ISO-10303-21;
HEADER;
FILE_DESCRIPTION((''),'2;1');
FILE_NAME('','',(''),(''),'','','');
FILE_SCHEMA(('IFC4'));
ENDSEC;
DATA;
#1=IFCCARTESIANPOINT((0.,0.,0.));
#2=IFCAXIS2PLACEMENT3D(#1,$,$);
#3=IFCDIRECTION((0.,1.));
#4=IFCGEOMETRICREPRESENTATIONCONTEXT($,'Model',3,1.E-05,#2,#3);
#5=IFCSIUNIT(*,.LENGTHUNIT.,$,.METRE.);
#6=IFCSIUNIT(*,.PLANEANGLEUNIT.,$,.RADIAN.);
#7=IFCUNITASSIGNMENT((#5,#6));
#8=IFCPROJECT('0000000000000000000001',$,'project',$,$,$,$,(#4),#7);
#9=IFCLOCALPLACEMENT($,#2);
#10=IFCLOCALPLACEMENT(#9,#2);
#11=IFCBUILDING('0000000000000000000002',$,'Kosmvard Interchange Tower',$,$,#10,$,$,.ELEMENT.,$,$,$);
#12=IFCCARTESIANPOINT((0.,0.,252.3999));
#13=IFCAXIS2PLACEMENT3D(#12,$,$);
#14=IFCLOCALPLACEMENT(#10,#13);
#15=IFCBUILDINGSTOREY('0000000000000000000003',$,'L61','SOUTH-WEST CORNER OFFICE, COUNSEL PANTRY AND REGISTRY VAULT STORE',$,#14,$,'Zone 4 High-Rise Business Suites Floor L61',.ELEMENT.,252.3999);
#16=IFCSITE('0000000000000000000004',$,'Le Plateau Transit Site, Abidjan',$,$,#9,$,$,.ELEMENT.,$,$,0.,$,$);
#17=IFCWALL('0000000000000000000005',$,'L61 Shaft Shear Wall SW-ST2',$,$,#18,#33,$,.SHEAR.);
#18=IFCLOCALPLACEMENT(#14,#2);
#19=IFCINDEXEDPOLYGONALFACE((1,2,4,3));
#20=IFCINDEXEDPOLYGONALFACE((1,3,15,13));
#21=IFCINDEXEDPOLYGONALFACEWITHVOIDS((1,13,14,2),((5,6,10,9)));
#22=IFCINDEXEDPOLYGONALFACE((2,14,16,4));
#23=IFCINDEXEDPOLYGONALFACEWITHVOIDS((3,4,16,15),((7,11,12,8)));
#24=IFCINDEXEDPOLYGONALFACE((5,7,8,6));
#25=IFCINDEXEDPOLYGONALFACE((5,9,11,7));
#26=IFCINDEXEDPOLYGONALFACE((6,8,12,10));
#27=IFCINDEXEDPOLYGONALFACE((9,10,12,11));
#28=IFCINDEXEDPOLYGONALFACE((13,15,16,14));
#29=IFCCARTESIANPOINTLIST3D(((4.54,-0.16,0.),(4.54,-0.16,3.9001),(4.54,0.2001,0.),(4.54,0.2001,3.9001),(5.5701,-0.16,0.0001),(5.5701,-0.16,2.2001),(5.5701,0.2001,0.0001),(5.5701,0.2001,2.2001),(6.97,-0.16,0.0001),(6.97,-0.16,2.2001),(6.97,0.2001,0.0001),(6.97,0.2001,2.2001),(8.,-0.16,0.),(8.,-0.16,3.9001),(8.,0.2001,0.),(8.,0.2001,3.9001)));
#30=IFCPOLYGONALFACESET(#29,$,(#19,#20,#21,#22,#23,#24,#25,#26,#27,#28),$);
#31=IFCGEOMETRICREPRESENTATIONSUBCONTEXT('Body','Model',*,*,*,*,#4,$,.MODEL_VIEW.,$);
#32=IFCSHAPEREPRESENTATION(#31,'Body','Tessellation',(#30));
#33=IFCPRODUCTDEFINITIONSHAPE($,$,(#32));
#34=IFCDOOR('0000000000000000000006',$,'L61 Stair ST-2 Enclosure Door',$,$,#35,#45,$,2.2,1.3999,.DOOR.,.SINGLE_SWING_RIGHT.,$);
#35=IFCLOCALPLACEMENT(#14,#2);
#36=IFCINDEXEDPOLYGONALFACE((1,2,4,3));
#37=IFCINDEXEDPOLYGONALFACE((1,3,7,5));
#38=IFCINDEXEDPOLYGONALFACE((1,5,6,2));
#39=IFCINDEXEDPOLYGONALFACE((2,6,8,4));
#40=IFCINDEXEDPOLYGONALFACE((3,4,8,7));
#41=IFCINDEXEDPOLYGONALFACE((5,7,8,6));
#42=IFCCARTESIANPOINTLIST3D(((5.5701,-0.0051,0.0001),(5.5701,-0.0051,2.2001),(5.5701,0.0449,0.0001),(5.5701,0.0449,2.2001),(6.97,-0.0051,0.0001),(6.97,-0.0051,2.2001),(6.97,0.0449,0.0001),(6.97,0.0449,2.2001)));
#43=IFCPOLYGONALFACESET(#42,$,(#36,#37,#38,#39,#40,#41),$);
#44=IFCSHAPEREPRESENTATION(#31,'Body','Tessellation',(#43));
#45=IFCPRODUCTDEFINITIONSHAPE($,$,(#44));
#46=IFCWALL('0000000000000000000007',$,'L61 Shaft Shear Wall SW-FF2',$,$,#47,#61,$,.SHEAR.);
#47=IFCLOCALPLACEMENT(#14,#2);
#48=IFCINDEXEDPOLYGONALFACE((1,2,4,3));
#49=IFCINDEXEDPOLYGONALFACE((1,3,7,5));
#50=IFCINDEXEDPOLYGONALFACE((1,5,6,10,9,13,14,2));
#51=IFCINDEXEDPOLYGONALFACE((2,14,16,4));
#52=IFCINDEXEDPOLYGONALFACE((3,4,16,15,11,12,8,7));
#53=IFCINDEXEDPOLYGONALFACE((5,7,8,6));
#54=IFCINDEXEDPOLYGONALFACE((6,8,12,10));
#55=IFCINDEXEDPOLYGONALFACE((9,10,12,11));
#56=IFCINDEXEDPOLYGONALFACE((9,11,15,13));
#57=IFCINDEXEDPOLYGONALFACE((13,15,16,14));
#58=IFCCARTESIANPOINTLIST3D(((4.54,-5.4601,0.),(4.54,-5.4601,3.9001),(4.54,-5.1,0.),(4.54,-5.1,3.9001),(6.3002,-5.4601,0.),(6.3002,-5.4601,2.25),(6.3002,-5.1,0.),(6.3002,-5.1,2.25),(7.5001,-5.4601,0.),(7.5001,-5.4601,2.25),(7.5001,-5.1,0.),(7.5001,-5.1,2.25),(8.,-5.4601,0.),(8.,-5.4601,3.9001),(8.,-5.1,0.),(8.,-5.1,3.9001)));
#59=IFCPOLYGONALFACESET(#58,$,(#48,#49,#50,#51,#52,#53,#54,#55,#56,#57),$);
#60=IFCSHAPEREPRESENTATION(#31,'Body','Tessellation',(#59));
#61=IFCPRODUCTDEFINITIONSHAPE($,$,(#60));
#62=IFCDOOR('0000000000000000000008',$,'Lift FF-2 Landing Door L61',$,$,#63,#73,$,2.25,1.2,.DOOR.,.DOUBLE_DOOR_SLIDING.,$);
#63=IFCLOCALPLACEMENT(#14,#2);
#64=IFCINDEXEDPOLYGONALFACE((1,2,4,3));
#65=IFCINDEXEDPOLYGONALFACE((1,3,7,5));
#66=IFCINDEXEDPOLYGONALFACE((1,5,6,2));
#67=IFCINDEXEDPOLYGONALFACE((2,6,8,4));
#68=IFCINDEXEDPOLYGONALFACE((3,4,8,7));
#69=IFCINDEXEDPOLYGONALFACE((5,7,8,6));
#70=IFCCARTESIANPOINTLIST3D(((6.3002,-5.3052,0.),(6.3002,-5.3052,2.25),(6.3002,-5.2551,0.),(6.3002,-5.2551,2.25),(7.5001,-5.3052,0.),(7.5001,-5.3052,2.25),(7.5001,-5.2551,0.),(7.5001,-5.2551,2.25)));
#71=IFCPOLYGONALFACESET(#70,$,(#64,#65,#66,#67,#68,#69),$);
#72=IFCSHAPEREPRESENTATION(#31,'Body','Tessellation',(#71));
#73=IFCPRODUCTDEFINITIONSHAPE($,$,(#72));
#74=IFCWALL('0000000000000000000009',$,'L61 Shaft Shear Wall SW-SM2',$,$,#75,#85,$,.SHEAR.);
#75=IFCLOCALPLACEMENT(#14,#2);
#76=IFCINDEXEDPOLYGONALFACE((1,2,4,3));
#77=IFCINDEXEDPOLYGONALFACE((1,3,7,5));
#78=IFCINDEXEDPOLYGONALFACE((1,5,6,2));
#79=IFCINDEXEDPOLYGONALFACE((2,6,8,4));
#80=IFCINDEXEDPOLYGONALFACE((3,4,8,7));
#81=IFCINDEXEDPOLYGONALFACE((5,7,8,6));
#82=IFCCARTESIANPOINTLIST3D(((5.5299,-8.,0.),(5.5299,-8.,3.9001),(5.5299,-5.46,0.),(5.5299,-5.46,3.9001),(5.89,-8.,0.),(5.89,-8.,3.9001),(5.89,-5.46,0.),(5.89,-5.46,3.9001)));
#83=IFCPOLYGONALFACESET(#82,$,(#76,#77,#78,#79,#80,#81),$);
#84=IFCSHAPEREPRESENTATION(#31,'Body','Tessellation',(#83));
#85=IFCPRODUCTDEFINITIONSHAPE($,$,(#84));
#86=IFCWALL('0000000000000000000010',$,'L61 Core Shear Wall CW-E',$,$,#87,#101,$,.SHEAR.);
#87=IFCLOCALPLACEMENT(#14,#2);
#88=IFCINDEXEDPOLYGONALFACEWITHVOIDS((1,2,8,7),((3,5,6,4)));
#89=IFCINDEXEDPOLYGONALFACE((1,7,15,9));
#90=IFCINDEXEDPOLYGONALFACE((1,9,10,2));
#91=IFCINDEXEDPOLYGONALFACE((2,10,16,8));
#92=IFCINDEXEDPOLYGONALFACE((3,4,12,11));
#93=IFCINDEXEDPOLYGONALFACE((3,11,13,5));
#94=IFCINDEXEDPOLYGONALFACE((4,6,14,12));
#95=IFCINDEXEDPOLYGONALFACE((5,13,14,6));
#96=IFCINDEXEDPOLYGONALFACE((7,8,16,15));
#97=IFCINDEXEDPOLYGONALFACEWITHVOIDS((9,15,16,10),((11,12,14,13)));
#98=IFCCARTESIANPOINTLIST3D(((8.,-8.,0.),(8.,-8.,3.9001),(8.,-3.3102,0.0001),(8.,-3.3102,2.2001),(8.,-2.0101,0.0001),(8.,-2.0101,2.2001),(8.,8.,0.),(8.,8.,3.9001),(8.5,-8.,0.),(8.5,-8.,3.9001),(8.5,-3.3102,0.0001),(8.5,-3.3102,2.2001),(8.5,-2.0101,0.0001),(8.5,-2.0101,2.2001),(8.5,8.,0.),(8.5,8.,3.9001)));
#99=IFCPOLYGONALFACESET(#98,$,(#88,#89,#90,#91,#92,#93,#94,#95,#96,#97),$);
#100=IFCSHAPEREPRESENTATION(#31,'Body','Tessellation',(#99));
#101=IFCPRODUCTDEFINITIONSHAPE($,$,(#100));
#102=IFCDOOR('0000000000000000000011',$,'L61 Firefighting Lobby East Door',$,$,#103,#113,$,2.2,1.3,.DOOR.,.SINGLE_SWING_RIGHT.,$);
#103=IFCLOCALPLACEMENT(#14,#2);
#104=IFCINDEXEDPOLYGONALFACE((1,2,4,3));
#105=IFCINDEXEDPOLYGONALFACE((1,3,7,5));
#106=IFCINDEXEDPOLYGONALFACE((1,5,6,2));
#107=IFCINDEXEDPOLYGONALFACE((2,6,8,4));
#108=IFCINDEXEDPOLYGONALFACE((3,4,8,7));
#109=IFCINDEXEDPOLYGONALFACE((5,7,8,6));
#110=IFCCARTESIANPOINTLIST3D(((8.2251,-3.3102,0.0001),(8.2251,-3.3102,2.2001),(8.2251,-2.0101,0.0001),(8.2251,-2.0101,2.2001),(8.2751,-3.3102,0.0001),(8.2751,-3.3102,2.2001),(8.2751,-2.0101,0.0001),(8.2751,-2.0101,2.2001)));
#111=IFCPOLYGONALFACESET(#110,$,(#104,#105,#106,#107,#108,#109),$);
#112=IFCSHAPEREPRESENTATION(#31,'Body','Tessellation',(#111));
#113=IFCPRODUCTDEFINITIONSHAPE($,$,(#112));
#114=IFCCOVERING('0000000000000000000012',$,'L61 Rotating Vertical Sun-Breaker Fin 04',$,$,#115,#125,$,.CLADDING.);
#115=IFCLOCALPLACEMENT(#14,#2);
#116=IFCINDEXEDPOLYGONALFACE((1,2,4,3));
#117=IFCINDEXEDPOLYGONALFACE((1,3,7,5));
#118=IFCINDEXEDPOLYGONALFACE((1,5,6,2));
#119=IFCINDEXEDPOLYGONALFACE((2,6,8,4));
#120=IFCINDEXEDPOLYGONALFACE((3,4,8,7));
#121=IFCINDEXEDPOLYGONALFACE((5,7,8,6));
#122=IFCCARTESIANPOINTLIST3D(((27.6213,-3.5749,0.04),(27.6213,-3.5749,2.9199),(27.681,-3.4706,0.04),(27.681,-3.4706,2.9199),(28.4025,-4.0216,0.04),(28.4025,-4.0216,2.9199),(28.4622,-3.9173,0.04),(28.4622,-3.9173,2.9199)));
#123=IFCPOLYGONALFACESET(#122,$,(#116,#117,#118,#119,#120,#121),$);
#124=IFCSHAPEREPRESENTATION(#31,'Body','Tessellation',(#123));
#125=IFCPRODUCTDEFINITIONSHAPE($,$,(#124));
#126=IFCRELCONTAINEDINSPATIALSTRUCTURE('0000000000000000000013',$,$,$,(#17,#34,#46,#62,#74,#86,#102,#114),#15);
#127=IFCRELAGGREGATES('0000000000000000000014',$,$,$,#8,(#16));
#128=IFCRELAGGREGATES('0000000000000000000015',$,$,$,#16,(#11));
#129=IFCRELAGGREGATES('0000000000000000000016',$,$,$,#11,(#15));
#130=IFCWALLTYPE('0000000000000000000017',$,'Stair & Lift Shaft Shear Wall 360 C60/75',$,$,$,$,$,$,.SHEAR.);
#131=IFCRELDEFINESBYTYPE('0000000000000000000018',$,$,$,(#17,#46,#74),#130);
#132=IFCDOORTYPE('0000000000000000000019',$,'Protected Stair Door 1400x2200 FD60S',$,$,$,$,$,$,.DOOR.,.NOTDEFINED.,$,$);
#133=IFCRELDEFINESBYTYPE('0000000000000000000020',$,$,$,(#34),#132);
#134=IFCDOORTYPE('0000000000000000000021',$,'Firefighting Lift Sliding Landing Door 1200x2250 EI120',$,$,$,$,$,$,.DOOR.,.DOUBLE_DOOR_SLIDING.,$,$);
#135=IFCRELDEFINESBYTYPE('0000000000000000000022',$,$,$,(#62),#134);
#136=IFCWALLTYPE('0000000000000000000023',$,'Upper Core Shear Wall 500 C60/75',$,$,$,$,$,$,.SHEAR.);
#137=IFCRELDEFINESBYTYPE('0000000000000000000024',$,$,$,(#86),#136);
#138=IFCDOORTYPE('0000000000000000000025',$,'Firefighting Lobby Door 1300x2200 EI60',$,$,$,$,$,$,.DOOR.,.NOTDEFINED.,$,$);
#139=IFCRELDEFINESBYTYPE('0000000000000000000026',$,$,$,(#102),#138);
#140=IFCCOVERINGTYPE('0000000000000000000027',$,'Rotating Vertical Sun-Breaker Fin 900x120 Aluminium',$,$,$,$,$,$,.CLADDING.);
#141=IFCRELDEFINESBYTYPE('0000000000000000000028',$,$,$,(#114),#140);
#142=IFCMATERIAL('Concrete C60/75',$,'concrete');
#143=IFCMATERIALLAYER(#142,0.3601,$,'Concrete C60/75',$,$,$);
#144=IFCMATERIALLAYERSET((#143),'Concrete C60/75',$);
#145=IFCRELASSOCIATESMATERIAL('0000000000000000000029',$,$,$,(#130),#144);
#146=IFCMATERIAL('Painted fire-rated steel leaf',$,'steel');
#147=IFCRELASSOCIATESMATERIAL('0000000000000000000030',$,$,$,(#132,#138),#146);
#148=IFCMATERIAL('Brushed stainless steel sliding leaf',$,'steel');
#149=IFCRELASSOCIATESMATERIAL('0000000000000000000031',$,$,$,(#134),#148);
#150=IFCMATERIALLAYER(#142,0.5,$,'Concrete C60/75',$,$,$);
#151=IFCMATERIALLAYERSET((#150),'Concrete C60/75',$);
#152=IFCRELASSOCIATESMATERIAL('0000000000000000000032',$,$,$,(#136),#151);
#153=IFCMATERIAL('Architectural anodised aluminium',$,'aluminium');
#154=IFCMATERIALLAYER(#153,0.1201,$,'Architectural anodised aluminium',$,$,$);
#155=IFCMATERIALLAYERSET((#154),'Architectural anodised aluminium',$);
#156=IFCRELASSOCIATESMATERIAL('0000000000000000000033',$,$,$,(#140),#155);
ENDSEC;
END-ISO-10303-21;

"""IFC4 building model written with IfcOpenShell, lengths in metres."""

from ifc_helpers import new_model, si_unit, direction, frame, frame_2d, origin, origin_2d, place, context, subcontext, project, spatial, rectangle, extrude, source, transform, mapped, material, layer, layer_set, type_object, element, fill, save


model = new_model("IFC4")

# Units and contexts
model_context = context("Model", 3, precision=1e-05, world=origin(), true_north=direction((0.0, 1.0)))
body_context = subcontext(model_context, "Body", "Model", "MODEL_VIEW")
ifc_project = project(units=[si_unit("LENGTHUNIT", "METRE"), si_unit("PLANEANGLEUNIT", "RADIAN")], contexts=[model_context])

# Site, building, storey
site_placement = place(None, origin())
site = spatial("IfcSite", under=ifc_project, at=site_placement, Name="Le Plateau Transit Site, Abidjan", CompositionType="ELEMENT", RefElevation=0.0)
building_placement = place(site_placement, origin())
building = spatial("IfcBuilding", under=site, at=building_placement, Name="Kosmvard Interchange Tower", CompositionType="ELEMENT")
storey_placement = place(building_placement, frame((0.0, 0.0, 252.3999)))
storey = spatial("IfcBuildingStorey", under=building, at=storey_placement, Name="L61", Description="SOUTH-WEST CORNER OFFICE, COUNSEL PANTRY AND REGISTRY VAULT STORE", LongName="Zone 4 High-Rise Business Suites Floor L61", CompositionType="ELEMENT", Elevation=252.3999)

# Shared definitions
ifc_material_1 = material(Name="Concrete C60/75", Category="concrete")

# Shared definitions
ifc_material_2 = material(Name="Painted fire-rated steel leaf", Category="steel")
ifc_material_3 = material(Name="Brushed stainless steel sliding leaf", Category="steel")

# Shared definitions
ifc_layer_1 = layer(ifc_material_1, 0.3601, Name="Concrete C60/75")
ifc_layer_set_1 = layer_set([ifc_layer_1], Name="Concrete C60/75")
wall_type_1 = type_object("IfcWallType", Name="Stair & Lift Shaft Shear Wall 360 C60/75", PredefinedType="SHEAR", material=ifc_layer_set_1)

# Walls, openings, doors
wall_1_placement = place(storey_placement, frame((4.54, 0.02, 0.0), z_axis=(0.0, 0.0, 1.0), x_axis=(1.0, 0.0, 0.0)))
wall_1 = element("IfcWall", 1, at=wall_1_placement, inside=storey, type_object=wall_type_1, Name="L61 Shaft Shear Wall SW-ST2", PredefinedType="SHEAR", context=body_context, shape_type="SweptSolid", body=[
    extrude(rectangle(XDim=3.46, YDim=0.3601, at=frame_2d((1.73, 0.0))), origin(), (0.0, 0.0, 1.0), 3.9001),
])
opening_1_placement = place(wall_1_placement, frame((1.03, 0.0, 0.0)))
opening_1 = element("IfcOpeningElement", 2, at=opening_1_placement, cuts=wall_1, PredefinedType="OPENING", context=body_context, shape_type="SweptSolid", body=[
    extrude(rectangle(XDim=1.3999, YDim=2.2, at=frame_2d((0.7, 1.1001))), frame((0.0, 0.1899, 0.0), z_axis=(0.0, -1.0, 0.0), x_axis=(1.0, 0.0, 0.0)), (0.0, 0.0, 1.0), 0.3801),
])
door_type_1 = type_object("IfcDoorType", Name="Protected Stair Door 1400x2200 FD60S", OperationType="NOTDEFINED", PredefinedType="DOOR", material=ifc_material_2)
shared_shape_1 = source(origin(), body_context, "Body", "SweptSolid", [
    extrude(rectangle(XDim=1.3999, YDim=2.2, at=frame_2d((0.7, 1.1001))), frame((0.0, 0.0249, 0.0), z_axis=(0.0, -1.0, 0.0), x_axis=(1.0, 0.0, 0.0)), (0.0, 0.0, 1.0), 0.05),
])
door_1_placement = place(opening_1_placement, origin())
door_1 = element("IfcDoor", 3, at=door_1_placement, inside=storey, type_object=door_type_1, Name="L61 Stair ST-2 Enclosure Door", OperationType="SINGLE_SWING_RIGHT", OverallHeight=2.2, OverallWidth=1.3999, PredefinedType="DOOR", context=body_context, shape_type="MappedRepresentation", body=[
    mapped(shared_shape_1, transform((0.0, 0.0, 0.0), scale=1.0)),
])
fill(opening_1, door_1)
wall_2_placement = place(storey_placement, frame((4.54, -5.28, 0.0), z_axis=(0.0, 0.0, 1.0), x_axis=(1.0, 0.0, 0.0)))
wall_2 = element("IfcWall", 4, at=wall_2_placement, inside=storey, type_object=wall_type_1, Name="L61 Shaft Shear Wall SW-FF2", PredefinedType="SHEAR", context=body_context, shape_type="SweptSolid", body=[
    extrude(rectangle(XDim=3.46, YDim=0.3601, at=frame_2d((1.73, 0.0))), origin(), (0.0, 0.0, 1.0), 3.9001),
])
opening_2_placement = place(wall_2_placement, frame((1.76, 0.0, 0.0)))
opening_2 = element("IfcOpeningElement", 5, at=opening_2_placement, cuts=wall_2, PredefinedType="OPENING", context=body_context, shape_type="SweptSolid", body=[
    extrude(rectangle(XDim=1.2, YDim=2.25, at=frame_2d((0.6001, 1.125))), frame((0.0, 0.1899, 0.0), z_axis=(0.0, -1.0, 0.0), x_axis=(1.0, 0.0, 0.0)), (0.0, 0.0, 1.0), 0.3801),
])
door_type_2 = type_object("IfcDoorType", Name="Firefighting Lift Sliding Landing Door 1200x2250 EI120", OperationType="DOUBLE_DOOR_SLIDING", PredefinedType="DOOR", material=ifc_material_3)
shared_shape_2 = source(origin(), body_context, "Body", "SweptSolid", [
    extrude(rectangle(XDim=1.2, YDim=2.25, at=frame_2d((0.6001, 1.125))), frame((0.0, 0.0249, 0.0), z_axis=(0.0, -1.0, 0.0), x_axis=(1.0, 0.0, 0.0)), (0.0, 0.0, 1.0), 0.05),
])
door_2_placement = place(opening_2_placement, origin())
door_2 = element("IfcDoor", 6, at=door_2_placement, inside=storey, type_object=door_type_2, Name="Lift FF-2 Landing Door L61", OperationType="DOUBLE_DOOR_SLIDING", OverallHeight=2.25, OverallWidth=1.2, PredefinedType="DOOR", context=body_context, shape_type="MappedRepresentation", body=[
    mapped(shared_shape_2, transform((0.0, 0.0, 0.0), scale=1.0)),
])
fill(opening_2, door_2)

# Wall
wall_3_placement = place(storey_placement, frame((5.71, -8.0, 0.0), z_axis=(0.0, 0.0, 1.0), x_axis=(0.0, 1.0, 0.0)))
element("IfcWall", 7, at=wall_3_placement, inside=storey, type_object=wall_type_1, Name="L61 Shaft Shear Wall SW-SM2", PredefinedType="SHEAR", context=body_context, shape_type="SweptSolid", body=[
    extrude(rectangle(XDim=2.54, YDim=0.3601, at=frame_2d((1.27, 0.0))), origin(), (0.0, 0.0, 1.0), 3.9001),
])

# Wall, opening, door
ifc_layer_2 = layer(ifc_material_1, 0.5, Name="Concrete C60/75")
ifc_layer_set_2 = layer_set([ifc_layer_2], Name="Concrete C60/75")
wall_type_2 = type_object("IfcWallType", Name="Upper Core Shear Wall 500 C60/75", PredefinedType="SHEAR", material=ifc_layer_set_2)
wall_4_placement = place(storey_placement, frame((8.25, -8.0, 0.0), z_axis=(0.0, 0.0, 1.0), x_axis=(0.0, 1.0, 0.0)))
wall_4 = element("IfcWall", 8, at=wall_4_placement, inside=storey, type_object=wall_type_2, Name="L61 Core Shear Wall CW-E", PredefinedType="SHEAR", context=body_context, shape_type="SweptSolid", body=[
    extrude(rectangle(XDim=16.0, YDim=0.5, at=frame_2d((8.0, 0.0))), origin(), (0.0, 0.0, 1.0), 3.9001),
])
opening_3_placement = place(wall_4_placement, frame((4.6899, 0.0, 0.0)))
opening_3 = element("IfcOpeningElement", 9, at=opening_3_placement, cuts=wall_4, PredefinedType="OPENING", context=body_context, shape_type="SweptSolid", body=[
    extrude(rectangle(XDim=1.3, YDim=2.2, at=frame_2d((0.6499, 1.1001))), frame((0.0, 0.26, 0.0), z_axis=(0.0, -1.0, 0.0), x_axis=(1.0, 0.0, 0.0)), (0.0, 0.0, 1.0), 0.52),
])
door_type_3 = type_object("IfcDoorType", Name="Firefighting Lobby Door 1300x2200 EI60", OperationType="NOTDEFINED", PredefinedType="DOOR", material=ifc_material_2)
shared_shape_3 = source(origin(), body_context, "Body", "SweptSolid", [
    extrude(rectangle(XDim=1.3, YDim=2.2, at=frame_2d((0.6499, 1.1001))), frame((0.0, 0.0249, 0.0), z_axis=(0.0, -1.0, 0.0), x_axis=(1.0, 0.0, 0.0)), (0.0, 0.0, 1.0), 0.05),
])
door_3_placement = place(opening_3_placement, origin())
door_3 = element("IfcDoor", 10, at=door_3_placement, inside=storey, type_object=door_type_3, Name="L61 Firefighting Lobby East Door", OperationType="SINGLE_SWING_RIGHT", OverallHeight=2.2, OverallWidth=1.3, PredefinedType="DOOR", context=body_context, shape_type="MappedRepresentation", body=[
    mapped(shared_shape_3, transform((0.0, 0.0, 0.0), scale=1.0)),
])
fill(opening_3, door_3)

# Covering
ifc_material_4 = material(Name="Architectural anodised aluminium", Category="aluminium")
ifc_layer_3 = layer(ifc_material_4, 0.1201, Name="Architectural anodised aluminium")
ifc_layer_set_3 = layer_set([ifc_layer_3], Name="Architectural anodised aluminium")
covering_type = type_object("IfcCoveringType", Name="Rotating Vertical Sun-Breaker Fin 900x120 Aluminium", PredefinedType="CLADDING", material=ifc_layer_set_3)
shared_shape_4 = source(origin(), body_context, "Body", "SweptSolid", [
    extrude(rectangle(XDim=0.8999, YDim=0.1201, at=origin_2d()), origin(), (0.0, 0.0, 1.0), 2.8799),
])
covering_placement = place(storey_placement, frame((28.0417, -3.7461, 0.04), z_axis=(0.0, 0.0, 1.0), x_axis=(0.868112, -0.496368, 0.0)))
element("IfcCovering", 11, at=covering_placement, inside=storey, type_object=covering_type, Name="L61 Rotating Vertical Sun-Breaker Fin 04", PredefinedType="CLADDING", context=body_context, shape_type="MappedRepresentation", body=[
    mapped(shared_shape_4, transform((0.0, 0.0, 0.0), scale=1.0)),
])

save(model, "model.ifc")
